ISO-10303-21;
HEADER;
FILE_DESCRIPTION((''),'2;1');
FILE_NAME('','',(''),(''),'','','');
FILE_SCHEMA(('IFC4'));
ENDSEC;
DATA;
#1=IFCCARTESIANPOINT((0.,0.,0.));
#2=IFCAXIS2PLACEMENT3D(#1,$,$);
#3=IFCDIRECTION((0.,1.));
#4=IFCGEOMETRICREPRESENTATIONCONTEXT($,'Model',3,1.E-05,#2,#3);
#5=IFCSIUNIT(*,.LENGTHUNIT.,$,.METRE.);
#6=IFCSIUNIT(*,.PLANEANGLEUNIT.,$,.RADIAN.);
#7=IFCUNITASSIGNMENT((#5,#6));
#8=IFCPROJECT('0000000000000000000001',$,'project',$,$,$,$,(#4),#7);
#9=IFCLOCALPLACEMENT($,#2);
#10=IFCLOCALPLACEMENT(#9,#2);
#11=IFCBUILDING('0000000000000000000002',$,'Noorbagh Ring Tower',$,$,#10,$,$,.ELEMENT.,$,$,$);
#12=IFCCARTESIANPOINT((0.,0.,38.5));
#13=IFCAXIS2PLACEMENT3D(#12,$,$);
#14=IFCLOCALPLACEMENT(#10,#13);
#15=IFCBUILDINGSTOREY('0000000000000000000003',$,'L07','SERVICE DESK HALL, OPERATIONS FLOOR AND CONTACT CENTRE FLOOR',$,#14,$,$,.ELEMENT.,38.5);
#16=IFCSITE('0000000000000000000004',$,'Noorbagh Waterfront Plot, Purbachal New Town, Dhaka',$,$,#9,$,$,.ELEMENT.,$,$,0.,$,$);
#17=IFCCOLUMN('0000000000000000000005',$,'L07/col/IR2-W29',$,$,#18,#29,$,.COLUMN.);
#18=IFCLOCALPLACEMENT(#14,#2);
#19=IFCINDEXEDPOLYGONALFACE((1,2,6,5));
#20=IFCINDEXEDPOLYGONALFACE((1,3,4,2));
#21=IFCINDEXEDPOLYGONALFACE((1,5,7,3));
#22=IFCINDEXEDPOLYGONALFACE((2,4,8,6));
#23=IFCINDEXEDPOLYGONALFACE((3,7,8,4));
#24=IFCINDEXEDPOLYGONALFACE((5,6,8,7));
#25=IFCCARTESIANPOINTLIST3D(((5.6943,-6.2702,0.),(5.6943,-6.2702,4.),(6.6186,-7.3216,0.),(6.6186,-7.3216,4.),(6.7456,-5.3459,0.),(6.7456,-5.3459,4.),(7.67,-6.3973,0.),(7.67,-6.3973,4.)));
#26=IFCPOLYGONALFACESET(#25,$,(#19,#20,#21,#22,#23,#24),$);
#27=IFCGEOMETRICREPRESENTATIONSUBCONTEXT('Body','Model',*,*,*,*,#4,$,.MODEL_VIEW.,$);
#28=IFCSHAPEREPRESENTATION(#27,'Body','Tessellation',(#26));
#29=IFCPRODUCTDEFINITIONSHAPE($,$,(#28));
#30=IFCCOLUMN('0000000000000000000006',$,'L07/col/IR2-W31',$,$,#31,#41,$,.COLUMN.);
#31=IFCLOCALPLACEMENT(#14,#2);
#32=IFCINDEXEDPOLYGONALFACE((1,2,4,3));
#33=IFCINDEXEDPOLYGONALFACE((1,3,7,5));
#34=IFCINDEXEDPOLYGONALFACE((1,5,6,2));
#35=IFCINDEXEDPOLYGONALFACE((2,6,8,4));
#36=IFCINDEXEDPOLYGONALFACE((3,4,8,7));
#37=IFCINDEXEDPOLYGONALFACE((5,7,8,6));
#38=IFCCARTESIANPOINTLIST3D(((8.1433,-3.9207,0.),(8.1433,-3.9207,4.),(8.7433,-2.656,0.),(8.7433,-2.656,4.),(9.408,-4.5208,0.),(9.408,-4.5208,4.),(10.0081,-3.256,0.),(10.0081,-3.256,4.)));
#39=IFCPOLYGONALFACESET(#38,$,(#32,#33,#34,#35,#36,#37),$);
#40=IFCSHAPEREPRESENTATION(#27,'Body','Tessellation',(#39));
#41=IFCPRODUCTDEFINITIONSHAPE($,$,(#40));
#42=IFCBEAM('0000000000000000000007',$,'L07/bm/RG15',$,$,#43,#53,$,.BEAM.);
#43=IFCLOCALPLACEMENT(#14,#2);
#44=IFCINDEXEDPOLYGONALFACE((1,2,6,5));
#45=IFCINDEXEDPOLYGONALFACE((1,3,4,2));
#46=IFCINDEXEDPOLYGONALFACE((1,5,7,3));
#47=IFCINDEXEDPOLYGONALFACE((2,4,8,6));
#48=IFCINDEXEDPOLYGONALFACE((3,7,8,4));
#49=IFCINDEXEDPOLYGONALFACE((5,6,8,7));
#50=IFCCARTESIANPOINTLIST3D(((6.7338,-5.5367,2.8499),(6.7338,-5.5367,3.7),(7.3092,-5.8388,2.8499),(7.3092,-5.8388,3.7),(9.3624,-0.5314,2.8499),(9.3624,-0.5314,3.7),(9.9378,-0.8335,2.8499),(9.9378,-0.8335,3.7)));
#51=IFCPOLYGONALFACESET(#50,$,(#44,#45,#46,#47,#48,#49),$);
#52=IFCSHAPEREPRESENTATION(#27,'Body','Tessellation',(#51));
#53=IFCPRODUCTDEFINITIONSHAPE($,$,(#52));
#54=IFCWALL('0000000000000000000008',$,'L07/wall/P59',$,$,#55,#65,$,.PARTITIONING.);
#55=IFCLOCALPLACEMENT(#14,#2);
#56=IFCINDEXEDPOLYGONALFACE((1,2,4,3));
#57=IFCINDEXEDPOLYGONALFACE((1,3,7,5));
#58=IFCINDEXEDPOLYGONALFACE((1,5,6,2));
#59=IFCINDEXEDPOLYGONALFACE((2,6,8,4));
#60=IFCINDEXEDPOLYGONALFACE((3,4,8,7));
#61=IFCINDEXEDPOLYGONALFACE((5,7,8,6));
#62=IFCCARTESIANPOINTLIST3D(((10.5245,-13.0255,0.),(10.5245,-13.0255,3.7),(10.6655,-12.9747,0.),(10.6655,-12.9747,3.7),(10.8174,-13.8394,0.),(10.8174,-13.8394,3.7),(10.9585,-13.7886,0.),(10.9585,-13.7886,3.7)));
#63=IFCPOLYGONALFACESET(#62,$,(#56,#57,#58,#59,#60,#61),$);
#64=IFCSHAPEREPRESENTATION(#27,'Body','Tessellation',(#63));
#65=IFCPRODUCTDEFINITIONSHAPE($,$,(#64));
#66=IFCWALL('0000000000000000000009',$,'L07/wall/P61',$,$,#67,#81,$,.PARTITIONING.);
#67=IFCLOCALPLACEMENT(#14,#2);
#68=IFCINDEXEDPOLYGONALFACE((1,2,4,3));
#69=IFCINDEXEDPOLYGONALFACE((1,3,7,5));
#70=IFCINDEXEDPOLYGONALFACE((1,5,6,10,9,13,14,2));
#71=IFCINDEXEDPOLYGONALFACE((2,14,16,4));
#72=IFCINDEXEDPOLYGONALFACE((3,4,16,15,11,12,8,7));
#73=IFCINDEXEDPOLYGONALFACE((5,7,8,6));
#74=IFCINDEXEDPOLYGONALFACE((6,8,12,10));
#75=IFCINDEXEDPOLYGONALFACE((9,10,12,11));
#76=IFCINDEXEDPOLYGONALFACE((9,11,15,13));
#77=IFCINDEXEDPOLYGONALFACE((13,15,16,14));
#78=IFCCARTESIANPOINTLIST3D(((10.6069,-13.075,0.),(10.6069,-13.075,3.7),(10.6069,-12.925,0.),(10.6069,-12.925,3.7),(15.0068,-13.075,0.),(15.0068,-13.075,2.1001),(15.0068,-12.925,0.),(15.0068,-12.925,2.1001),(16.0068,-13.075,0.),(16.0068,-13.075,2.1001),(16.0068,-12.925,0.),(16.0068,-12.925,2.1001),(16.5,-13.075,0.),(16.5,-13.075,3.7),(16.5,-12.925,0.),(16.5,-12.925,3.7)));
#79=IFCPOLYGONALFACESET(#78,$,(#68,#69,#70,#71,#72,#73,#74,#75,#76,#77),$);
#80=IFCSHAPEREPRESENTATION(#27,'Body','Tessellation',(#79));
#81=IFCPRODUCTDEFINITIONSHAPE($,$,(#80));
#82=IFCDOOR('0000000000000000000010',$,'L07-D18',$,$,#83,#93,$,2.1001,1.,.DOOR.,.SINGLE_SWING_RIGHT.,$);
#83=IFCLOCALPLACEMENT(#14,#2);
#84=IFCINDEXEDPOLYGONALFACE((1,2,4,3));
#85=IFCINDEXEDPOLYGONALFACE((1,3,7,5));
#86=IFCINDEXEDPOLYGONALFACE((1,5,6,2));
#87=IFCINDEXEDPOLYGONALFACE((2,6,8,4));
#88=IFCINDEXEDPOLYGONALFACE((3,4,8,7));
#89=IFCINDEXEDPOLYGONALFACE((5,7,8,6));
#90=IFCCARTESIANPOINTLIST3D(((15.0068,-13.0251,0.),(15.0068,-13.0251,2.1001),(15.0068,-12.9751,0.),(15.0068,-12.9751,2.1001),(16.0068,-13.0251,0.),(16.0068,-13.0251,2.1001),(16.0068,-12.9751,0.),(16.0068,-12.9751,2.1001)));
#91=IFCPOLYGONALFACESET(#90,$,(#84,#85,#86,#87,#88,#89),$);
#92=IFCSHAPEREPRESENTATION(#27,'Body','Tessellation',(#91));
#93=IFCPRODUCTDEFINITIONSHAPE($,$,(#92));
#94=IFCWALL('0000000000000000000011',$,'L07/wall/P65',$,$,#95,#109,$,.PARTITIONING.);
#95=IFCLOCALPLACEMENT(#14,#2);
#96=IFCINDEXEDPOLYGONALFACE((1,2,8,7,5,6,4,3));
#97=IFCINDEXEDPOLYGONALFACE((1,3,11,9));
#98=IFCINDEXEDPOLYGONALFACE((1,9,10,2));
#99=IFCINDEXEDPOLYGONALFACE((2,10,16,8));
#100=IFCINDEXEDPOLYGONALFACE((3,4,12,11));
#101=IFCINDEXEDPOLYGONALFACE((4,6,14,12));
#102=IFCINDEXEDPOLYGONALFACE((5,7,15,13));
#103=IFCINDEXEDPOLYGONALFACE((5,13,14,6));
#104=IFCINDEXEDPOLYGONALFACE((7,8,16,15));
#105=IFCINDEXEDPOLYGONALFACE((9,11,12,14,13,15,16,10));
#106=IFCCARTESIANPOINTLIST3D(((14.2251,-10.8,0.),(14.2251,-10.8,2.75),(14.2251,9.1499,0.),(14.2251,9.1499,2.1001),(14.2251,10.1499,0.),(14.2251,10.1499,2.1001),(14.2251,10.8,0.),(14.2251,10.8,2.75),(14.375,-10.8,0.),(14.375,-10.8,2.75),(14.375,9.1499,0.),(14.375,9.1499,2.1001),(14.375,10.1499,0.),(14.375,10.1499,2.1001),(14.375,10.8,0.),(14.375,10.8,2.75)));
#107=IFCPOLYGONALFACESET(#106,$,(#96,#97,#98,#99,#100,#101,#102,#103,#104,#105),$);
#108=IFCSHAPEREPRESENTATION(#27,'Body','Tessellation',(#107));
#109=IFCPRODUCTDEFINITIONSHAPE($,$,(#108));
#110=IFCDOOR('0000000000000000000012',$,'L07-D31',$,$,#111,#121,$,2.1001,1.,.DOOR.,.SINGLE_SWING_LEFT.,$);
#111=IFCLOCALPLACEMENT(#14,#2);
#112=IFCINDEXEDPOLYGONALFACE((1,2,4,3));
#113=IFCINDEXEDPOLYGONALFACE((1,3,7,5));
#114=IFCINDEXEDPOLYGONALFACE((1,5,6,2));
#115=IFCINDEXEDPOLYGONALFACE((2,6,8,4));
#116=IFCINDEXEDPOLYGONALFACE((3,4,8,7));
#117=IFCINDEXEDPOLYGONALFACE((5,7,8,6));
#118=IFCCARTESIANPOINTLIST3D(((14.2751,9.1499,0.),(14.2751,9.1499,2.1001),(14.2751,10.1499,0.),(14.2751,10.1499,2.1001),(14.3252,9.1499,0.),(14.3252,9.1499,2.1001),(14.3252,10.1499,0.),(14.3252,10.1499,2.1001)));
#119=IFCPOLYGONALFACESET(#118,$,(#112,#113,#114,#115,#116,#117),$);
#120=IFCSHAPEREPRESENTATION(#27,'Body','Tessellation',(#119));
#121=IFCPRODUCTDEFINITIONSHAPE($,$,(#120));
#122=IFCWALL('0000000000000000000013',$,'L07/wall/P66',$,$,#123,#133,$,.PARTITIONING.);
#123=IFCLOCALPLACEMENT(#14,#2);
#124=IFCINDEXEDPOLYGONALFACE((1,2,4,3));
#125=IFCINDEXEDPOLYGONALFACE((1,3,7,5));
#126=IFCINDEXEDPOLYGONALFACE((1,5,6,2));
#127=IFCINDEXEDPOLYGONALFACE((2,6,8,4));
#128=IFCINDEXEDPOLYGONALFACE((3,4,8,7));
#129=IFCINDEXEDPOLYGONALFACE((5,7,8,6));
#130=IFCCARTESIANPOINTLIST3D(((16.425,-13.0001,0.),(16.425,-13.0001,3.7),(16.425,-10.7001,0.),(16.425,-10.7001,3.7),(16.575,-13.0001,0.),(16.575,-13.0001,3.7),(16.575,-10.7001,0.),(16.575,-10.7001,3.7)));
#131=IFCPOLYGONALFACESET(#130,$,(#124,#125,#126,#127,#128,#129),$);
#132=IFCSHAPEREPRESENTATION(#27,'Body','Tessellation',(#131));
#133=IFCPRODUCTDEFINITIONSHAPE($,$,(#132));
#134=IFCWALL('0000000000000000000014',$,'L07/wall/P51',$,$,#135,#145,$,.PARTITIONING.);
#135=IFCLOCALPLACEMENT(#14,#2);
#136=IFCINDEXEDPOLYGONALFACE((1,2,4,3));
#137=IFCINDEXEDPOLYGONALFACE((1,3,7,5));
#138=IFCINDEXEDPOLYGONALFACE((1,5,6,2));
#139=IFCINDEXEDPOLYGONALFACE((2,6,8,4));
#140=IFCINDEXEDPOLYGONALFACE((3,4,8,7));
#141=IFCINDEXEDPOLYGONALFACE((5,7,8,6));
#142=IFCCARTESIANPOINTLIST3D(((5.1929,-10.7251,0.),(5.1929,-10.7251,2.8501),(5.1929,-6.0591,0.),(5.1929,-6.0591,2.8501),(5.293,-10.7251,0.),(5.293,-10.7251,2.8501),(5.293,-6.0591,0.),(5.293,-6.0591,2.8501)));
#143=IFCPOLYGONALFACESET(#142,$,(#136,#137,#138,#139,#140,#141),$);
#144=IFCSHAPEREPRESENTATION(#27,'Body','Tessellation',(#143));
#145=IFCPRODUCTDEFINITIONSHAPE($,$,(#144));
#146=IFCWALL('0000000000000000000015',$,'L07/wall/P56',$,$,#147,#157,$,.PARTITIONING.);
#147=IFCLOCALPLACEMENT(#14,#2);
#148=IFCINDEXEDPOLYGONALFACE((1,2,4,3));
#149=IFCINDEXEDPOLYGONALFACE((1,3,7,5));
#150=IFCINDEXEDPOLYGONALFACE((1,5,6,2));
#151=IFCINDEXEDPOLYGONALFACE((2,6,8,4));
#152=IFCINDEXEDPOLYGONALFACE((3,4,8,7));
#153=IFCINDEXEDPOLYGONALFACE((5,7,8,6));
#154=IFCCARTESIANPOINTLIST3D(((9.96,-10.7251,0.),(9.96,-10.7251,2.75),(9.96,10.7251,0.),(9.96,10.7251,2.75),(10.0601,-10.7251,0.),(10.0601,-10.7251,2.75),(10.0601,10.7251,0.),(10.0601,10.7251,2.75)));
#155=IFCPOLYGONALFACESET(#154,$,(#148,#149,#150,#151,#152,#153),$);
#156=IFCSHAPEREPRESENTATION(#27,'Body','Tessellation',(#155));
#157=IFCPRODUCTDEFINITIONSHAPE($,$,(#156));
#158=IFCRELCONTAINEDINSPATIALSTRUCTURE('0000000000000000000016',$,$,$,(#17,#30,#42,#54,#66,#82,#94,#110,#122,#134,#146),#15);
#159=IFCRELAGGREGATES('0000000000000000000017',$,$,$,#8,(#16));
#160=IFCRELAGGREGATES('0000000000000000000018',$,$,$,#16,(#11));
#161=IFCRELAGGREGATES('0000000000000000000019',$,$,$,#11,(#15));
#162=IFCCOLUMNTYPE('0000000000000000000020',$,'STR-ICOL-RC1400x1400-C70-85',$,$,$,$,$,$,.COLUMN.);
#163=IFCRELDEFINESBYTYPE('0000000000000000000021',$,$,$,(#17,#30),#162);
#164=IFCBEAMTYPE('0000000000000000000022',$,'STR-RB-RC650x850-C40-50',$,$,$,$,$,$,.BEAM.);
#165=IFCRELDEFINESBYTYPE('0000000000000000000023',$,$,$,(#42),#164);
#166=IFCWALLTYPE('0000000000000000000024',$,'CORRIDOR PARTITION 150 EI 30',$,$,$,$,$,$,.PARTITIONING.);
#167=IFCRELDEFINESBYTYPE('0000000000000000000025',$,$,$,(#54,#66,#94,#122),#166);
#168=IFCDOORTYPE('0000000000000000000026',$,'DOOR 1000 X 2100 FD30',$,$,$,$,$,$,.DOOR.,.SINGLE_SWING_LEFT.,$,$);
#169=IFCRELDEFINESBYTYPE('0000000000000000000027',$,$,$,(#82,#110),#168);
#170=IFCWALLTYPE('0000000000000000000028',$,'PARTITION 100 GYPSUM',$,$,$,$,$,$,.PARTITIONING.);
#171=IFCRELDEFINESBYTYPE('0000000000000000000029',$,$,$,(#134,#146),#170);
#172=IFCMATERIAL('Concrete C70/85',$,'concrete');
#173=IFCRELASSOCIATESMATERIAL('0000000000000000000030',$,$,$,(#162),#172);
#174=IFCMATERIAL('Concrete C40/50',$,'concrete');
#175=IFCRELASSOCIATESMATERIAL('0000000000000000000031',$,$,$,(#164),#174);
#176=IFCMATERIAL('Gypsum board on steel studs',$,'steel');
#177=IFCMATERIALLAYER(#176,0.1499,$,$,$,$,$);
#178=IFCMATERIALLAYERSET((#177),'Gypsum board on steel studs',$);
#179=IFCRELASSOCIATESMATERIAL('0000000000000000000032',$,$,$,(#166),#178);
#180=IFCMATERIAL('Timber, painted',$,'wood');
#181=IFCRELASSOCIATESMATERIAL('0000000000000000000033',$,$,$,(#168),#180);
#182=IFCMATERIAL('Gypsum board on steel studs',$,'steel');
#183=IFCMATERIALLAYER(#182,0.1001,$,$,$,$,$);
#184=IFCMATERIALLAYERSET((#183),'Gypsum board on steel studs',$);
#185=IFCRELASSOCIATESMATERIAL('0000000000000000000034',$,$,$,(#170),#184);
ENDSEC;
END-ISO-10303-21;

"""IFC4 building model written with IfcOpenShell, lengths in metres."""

from ifc_helpers import new_model, si_unit, direction, frame, frame_2d, origin, origin_2d, place, context, subcontext, project, spatial, rectangle, extrude, material, layer, layer_set, material_profile, profile_set, type_object, element, fill, save


model = new_model("IFC4")

# Units and contexts
model_context = context("Model", 3, precision=1e-05, world=origin(), true_north=direction((0.0, 1.0)))
body_context = subcontext(model_context, "Body", "Model", "MODEL_VIEW")
ifc_project = project(units=[si_unit("LENGTHUNIT", "METRE"), si_unit("PLANEANGLEUNIT", "RADIAN")], contexts=[model_context])

# Site, building, storey
site_placement = place(None, origin())
site = spatial("IfcSite", under=ifc_project, at=site_placement, Name="Noorbagh Waterfront Plot, Purbachal New Town, Dhaka", CompositionType="ELEMENT", RefElevation=0.0)
building_placement = place(site_placement, origin())
building = spatial("IfcBuilding", under=site, at=building_placement, Name="Noorbagh Ring Tower", CompositionType="ELEMENT")
storey_placement = place(building_placement, frame((0.0, 0.0, 38.5)))
storey = spatial("IfcBuildingStorey", under=building, at=storey_placement, Name="L07", Description="SERVICE DESK HALL, OPERATIONS FLOOR AND CONTACT CENTRE FLOOR", CompositionType="ELEMENT", Elevation=38.5)

# Columns
ifc_material_1 = material(Name="Concrete C70/85", Category="concrete")
ifc_material_profile_1 = material_profile(ifc_material_1, rectangle(XDim=1.3999, YDim=1.3999, at=origin_2d()), Name="RC1400x1400")
ifc_profile_set_1 = profile_set([ifc_material_profile_1], Name="Concrete C70/85")
column_type = type_object("IfcColumnType", Name="STR-ICOL-RC1400x1400-C70-85", PredefinedType="COLUMN", material=ifc_profile_set_1)
for number, where, z_axis, x_axis, name in (
    (1, (6.6821, -6.3337, 0.0), (0.0, 0.0, 1.0), (0.751022, 0.660277, 0.0), "L07/col/IR2-W29"),
    (2, (9.0757, -3.5884, 0.0), (0.0, 0.0, 1.0), (0.428667, 0.903463, 0.0), "L07/col/IR2-W31"),
):
    element("IfcColumn", number, at=place(storey_placement, frame(where, z_axis=z_axis, x_axis=x_axis)), inside=storey, type_object=column_type, Name=name, PredefinedType="COLUMN", context=body_context, shape_type="SweptSolid", body=[
        extrude(rectangle(XDim=1.3999, YDim=1.3999, at=origin_2d()), origin(), (0.0, 0.0, 1.0), 4.0),
    ])

# Beam
ifc_material_2 = material(Name="Concrete C40/50", Category="concrete")
ifc_material_profile_2 = material_profile(ifc_material_2, rectangle(XDim=0.6499, YDim=0.8501, at=origin_2d()), Name="RC650x850")
ifc_profile_set_2 = profile_set([ifc_material_profile_2], Name="Concrete C40/50")
beam_type = type_object("IfcBeamType", Name="STR-RB-RC650x850-C40-50", PredefinedType="BEAM", material=ifc_profile_set_2)
beam_placement = place(storey_placement, frame((7.0215, -5.6877, 3.2749), z_axis=(0.464951, 0.885337, 0.0), x_axis=(-0.885337, 0.464951, 0.0)))
element("IfcBeam", 3, at=beam_placement, inside=storey, type_object=beam_type, Name="L07/bm/RG15", PredefinedType="BEAM", context=body_context, shape_type="SweptSolid", body=[
    extrude(rectangle(XDim=0.6499, YDim=0.8501, at=origin_2d()), origin(), (0.0, 0.0, 1.0), 5.6536),
])

# Wall
ifc_material_3 = material(Name="Gypsum board on steel studs", Category="steel")
ifc_layer_1 = layer(ifc_material_3, 0.1499)
ifc_layer_set_1 = layer_set([ifc_layer_1], Name="Gypsum board on steel studs")
wall_type_1 = type_object("IfcWallType", Name="CORRIDOR PARTITION 150 EI 30", PredefinedType="PARTITIONING", material=ifc_layer_set_1)
wall_1_placement = place(storey_placement, frame((10.595, -13.0, 0.0), z_axis=(0.0, 0.0, 1.0), x_axis=(0.33866, -0.940909, 0.0)))
element("IfcWall", 4, at=wall_1_placement, inside=storey, type_object=wall_type_1, Name="L07/wall/P59", PredefinedType="PARTITIONING", context=body_context, shape_type="SweptSolid", body=[
    extrude(rectangle(XDim=0.865, YDim=0.1499, at=frame_2d((0.4326, 0.0))), origin(), (0.0, 0.0, 1.0), 3.7),
])

# Walls, openings, doors
wall_2_placement = place(storey_placement, frame((10.6069, -13.0, 0.0), z_axis=(0.0, 0.0, 1.0), x_axis=(1.0, 0.0, 0.0)))
wall_2 = element("IfcWall", 5, at=wall_2_placement, inside=storey, type_object=wall_type_1, Name="L07/wall/P61", PredefinedType="PARTITIONING", context=body_context, shape_type="SweptSolid", body=[
    extrude(rectangle(XDim=5.8931, YDim=0.1499, at=frame_2d((2.9465, 0.0))), origin(), (0.0, 0.0, 1.0), 3.7),
])
opening_1_placement = place(wall_2_placement, frame((4.3999, 0.0, 0.0)))
opening_1 = element("IfcOpeningElement", 6, at=opening_1_placement, cuts=wall_2, PredefinedType="OPENING", context=body_context, shape_type="SweptSolid", body=[
    extrude(rectangle(XDim=1.0, YDim=2.1001, at=frame_2d((0.5, 1.05))), frame((0.0, 0.085, 0.0), z_axis=(0.0, -1.0, 0.0), x_axis=(1.0, 0.0, 0.0)), (0.0, 0.0, 1.0), 0.1699),
])
ifc_material_4 = material(Name="Timber, painted", Category="wood")
door_type = type_object("IfcDoorType", Name="DOOR 1000 X 2100 FD30", OperationType="SINGLE_SWING_LEFT", PredefinedType="DOOR", material=ifc_material_4)
door_1_placement = place(opening_1_placement, origin())
door_1 = element("IfcDoor", 7, at=door_1_placement, inside=storey, type_object=door_type, Name="L07-D18", OperationType="SINGLE_SWING_RIGHT", OverallHeight=2.1001, OverallWidth=1.0, PredefinedType="DOOR", context=body_context, shape_type="SweptSolid", body=[
    extrude(rectangle(XDim=1.0, YDim=2.1001, at=frame_2d((0.5, 1.05))), frame((0.0, 0.0249, 0.0), z_axis=(0.0, -1.0, 0.0), x_axis=(1.0, 0.0, 0.0)), (0.0, 0.0, 1.0), 0.05),
])
fill(opening_1, door_1)
wall_3_placement = place(storey_placement, frame((14.3, -10.8, 0.0), z_axis=(0.0, 0.0, 1.0), x_axis=(0.0, 1.0, 0.0)))
wall_3 = element("IfcWall", 8, at=wall_3_placement, inside=storey, type_object=wall_type_1, Name="L07/wall/P65", PredefinedType="PARTITIONING", context=body_context, shape_type="SweptSolid", body=[
    extrude(rectangle(XDim=21.6001, YDim=0.1499, at=frame_2d((10.8, 0.0))), origin(), (0.0, 0.0, 1.0), 2.75),
])
opening_2_placement = place(wall_3_placement, frame((19.95, 0.0, 0.0)))
opening_2 = element("IfcOpeningElement", 9, at=opening_2_placement, cuts=wall_3, PredefinedType="OPENING", context=body_context, shape_type="SweptSolid", body=[
    extrude(rectangle(XDim=1.0, YDim=2.1001, at=frame_2d((0.5, 1.05))), frame((0.0, 0.085, 0.0), z_axis=(0.0, -1.0, 0.0), x_axis=(1.0, 0.0, 0.0)), (0.0, 0.0, 1.0), 0.1699),
])
door_2_placement = place(opening_2_placement, origin())
door_2 = element("IfcDoor", 10, at=door_2_placement, inside=storey, type_object=door_type, Name="L07-D31", OperationType="SINGLE_SWING_LEFT", OverallHeight=2.1001, OverallWidth=1.0, PredefinedType="DOOR", context=body_context, shape_type="SweptSolid", body=[
    extrude(rectangle(XDim=1.0, YDim=2.1001, at=frame_2d((0.5, 1.05))), frame((0.0, 0.0249, 0.0), z_axis=(0.0, -1.0, 0.0), x_axis=(1.0, 0.0, 0.0)), (0.0, 0.0, 1.0), 0.05),
])
fill(opening_2, door_2)

# Walls
wall_4_placement = place(storey_placement, frame((16.5, -13.0, 0.0), z_axis=(0.0, 0.0, 1.0), x_axis=(0.0, 1.0, 0.0)))
element("IfcWall", 11, at=wall_4_placement, inside=storey, type_object=wall_type_1, Name="L07/wall/P66", PredefinedType="PARTITIONING", context=body_context, shape_type="SweptSolid", body=[
    extrude(rectangle(XDim=2.3, YDim=0.1499, at=frame_2d((1.1499, 0.0))), origin(), (0.0, 0.0, 1.0), 3.7),
])
ifc_material_5 = material(Name="Gypsum board on steel studs", Category="steel")
ifc_layer_2 = layer(ifc_material_5, 0.1001)
ifc_layer_set_2 = layer_set([ifc_layer_2], Name="Gypsum board on steel studs")
wall_type_2 = type_object("IfcWallType", Name="PARTITION 100 GYPSUM", PredefinedType="PARTITIONING", material=ifc_layer_set_2)
wall_5_placement = place(storey_placement, frame((5.2429, -10.7251, 0.0), z_axis=(0.0, 0.0, 1.0), x_axis=(0.0, 1.0, 0.0)))
element("IfcWall", 12, at=wall_5_placement, inside=storey, type_object=wall_type_2, Name="L07/wall/P51", PredefinedType="PARTITIONING", context=body_context, shape_type="SweptSolid", body=[
    extrude(rectangle(XDim=4.666, YDim=0.1001, at=frame_2d((2.333, 0.0))), origin(), (0.0, 0.0, 1.0), 2.8501),
])
wall_6_placement = place(storey_placement, frame((10.01, -10.7251, 0.0), z_axis=(0.0, 0.0, 1.0), x_axis=(0.0, 1.0, 0.0)))
element("IfcWall", 13, at=wall_6_placement, inside=storey, type_object=wall_type_2, Name="L07/wall/P56", PredefinedType="PARTITIONING", context=body_context, shape_type="SweptSolid", body=[
    extrude(rectangle(XDim=21.4502, YDim=0.1001, at=frame_2d((10.7251, 0.0))), origin(), (0.0, 0.0, 1.0), 2.75),
])

save(model, "model.ifc")
